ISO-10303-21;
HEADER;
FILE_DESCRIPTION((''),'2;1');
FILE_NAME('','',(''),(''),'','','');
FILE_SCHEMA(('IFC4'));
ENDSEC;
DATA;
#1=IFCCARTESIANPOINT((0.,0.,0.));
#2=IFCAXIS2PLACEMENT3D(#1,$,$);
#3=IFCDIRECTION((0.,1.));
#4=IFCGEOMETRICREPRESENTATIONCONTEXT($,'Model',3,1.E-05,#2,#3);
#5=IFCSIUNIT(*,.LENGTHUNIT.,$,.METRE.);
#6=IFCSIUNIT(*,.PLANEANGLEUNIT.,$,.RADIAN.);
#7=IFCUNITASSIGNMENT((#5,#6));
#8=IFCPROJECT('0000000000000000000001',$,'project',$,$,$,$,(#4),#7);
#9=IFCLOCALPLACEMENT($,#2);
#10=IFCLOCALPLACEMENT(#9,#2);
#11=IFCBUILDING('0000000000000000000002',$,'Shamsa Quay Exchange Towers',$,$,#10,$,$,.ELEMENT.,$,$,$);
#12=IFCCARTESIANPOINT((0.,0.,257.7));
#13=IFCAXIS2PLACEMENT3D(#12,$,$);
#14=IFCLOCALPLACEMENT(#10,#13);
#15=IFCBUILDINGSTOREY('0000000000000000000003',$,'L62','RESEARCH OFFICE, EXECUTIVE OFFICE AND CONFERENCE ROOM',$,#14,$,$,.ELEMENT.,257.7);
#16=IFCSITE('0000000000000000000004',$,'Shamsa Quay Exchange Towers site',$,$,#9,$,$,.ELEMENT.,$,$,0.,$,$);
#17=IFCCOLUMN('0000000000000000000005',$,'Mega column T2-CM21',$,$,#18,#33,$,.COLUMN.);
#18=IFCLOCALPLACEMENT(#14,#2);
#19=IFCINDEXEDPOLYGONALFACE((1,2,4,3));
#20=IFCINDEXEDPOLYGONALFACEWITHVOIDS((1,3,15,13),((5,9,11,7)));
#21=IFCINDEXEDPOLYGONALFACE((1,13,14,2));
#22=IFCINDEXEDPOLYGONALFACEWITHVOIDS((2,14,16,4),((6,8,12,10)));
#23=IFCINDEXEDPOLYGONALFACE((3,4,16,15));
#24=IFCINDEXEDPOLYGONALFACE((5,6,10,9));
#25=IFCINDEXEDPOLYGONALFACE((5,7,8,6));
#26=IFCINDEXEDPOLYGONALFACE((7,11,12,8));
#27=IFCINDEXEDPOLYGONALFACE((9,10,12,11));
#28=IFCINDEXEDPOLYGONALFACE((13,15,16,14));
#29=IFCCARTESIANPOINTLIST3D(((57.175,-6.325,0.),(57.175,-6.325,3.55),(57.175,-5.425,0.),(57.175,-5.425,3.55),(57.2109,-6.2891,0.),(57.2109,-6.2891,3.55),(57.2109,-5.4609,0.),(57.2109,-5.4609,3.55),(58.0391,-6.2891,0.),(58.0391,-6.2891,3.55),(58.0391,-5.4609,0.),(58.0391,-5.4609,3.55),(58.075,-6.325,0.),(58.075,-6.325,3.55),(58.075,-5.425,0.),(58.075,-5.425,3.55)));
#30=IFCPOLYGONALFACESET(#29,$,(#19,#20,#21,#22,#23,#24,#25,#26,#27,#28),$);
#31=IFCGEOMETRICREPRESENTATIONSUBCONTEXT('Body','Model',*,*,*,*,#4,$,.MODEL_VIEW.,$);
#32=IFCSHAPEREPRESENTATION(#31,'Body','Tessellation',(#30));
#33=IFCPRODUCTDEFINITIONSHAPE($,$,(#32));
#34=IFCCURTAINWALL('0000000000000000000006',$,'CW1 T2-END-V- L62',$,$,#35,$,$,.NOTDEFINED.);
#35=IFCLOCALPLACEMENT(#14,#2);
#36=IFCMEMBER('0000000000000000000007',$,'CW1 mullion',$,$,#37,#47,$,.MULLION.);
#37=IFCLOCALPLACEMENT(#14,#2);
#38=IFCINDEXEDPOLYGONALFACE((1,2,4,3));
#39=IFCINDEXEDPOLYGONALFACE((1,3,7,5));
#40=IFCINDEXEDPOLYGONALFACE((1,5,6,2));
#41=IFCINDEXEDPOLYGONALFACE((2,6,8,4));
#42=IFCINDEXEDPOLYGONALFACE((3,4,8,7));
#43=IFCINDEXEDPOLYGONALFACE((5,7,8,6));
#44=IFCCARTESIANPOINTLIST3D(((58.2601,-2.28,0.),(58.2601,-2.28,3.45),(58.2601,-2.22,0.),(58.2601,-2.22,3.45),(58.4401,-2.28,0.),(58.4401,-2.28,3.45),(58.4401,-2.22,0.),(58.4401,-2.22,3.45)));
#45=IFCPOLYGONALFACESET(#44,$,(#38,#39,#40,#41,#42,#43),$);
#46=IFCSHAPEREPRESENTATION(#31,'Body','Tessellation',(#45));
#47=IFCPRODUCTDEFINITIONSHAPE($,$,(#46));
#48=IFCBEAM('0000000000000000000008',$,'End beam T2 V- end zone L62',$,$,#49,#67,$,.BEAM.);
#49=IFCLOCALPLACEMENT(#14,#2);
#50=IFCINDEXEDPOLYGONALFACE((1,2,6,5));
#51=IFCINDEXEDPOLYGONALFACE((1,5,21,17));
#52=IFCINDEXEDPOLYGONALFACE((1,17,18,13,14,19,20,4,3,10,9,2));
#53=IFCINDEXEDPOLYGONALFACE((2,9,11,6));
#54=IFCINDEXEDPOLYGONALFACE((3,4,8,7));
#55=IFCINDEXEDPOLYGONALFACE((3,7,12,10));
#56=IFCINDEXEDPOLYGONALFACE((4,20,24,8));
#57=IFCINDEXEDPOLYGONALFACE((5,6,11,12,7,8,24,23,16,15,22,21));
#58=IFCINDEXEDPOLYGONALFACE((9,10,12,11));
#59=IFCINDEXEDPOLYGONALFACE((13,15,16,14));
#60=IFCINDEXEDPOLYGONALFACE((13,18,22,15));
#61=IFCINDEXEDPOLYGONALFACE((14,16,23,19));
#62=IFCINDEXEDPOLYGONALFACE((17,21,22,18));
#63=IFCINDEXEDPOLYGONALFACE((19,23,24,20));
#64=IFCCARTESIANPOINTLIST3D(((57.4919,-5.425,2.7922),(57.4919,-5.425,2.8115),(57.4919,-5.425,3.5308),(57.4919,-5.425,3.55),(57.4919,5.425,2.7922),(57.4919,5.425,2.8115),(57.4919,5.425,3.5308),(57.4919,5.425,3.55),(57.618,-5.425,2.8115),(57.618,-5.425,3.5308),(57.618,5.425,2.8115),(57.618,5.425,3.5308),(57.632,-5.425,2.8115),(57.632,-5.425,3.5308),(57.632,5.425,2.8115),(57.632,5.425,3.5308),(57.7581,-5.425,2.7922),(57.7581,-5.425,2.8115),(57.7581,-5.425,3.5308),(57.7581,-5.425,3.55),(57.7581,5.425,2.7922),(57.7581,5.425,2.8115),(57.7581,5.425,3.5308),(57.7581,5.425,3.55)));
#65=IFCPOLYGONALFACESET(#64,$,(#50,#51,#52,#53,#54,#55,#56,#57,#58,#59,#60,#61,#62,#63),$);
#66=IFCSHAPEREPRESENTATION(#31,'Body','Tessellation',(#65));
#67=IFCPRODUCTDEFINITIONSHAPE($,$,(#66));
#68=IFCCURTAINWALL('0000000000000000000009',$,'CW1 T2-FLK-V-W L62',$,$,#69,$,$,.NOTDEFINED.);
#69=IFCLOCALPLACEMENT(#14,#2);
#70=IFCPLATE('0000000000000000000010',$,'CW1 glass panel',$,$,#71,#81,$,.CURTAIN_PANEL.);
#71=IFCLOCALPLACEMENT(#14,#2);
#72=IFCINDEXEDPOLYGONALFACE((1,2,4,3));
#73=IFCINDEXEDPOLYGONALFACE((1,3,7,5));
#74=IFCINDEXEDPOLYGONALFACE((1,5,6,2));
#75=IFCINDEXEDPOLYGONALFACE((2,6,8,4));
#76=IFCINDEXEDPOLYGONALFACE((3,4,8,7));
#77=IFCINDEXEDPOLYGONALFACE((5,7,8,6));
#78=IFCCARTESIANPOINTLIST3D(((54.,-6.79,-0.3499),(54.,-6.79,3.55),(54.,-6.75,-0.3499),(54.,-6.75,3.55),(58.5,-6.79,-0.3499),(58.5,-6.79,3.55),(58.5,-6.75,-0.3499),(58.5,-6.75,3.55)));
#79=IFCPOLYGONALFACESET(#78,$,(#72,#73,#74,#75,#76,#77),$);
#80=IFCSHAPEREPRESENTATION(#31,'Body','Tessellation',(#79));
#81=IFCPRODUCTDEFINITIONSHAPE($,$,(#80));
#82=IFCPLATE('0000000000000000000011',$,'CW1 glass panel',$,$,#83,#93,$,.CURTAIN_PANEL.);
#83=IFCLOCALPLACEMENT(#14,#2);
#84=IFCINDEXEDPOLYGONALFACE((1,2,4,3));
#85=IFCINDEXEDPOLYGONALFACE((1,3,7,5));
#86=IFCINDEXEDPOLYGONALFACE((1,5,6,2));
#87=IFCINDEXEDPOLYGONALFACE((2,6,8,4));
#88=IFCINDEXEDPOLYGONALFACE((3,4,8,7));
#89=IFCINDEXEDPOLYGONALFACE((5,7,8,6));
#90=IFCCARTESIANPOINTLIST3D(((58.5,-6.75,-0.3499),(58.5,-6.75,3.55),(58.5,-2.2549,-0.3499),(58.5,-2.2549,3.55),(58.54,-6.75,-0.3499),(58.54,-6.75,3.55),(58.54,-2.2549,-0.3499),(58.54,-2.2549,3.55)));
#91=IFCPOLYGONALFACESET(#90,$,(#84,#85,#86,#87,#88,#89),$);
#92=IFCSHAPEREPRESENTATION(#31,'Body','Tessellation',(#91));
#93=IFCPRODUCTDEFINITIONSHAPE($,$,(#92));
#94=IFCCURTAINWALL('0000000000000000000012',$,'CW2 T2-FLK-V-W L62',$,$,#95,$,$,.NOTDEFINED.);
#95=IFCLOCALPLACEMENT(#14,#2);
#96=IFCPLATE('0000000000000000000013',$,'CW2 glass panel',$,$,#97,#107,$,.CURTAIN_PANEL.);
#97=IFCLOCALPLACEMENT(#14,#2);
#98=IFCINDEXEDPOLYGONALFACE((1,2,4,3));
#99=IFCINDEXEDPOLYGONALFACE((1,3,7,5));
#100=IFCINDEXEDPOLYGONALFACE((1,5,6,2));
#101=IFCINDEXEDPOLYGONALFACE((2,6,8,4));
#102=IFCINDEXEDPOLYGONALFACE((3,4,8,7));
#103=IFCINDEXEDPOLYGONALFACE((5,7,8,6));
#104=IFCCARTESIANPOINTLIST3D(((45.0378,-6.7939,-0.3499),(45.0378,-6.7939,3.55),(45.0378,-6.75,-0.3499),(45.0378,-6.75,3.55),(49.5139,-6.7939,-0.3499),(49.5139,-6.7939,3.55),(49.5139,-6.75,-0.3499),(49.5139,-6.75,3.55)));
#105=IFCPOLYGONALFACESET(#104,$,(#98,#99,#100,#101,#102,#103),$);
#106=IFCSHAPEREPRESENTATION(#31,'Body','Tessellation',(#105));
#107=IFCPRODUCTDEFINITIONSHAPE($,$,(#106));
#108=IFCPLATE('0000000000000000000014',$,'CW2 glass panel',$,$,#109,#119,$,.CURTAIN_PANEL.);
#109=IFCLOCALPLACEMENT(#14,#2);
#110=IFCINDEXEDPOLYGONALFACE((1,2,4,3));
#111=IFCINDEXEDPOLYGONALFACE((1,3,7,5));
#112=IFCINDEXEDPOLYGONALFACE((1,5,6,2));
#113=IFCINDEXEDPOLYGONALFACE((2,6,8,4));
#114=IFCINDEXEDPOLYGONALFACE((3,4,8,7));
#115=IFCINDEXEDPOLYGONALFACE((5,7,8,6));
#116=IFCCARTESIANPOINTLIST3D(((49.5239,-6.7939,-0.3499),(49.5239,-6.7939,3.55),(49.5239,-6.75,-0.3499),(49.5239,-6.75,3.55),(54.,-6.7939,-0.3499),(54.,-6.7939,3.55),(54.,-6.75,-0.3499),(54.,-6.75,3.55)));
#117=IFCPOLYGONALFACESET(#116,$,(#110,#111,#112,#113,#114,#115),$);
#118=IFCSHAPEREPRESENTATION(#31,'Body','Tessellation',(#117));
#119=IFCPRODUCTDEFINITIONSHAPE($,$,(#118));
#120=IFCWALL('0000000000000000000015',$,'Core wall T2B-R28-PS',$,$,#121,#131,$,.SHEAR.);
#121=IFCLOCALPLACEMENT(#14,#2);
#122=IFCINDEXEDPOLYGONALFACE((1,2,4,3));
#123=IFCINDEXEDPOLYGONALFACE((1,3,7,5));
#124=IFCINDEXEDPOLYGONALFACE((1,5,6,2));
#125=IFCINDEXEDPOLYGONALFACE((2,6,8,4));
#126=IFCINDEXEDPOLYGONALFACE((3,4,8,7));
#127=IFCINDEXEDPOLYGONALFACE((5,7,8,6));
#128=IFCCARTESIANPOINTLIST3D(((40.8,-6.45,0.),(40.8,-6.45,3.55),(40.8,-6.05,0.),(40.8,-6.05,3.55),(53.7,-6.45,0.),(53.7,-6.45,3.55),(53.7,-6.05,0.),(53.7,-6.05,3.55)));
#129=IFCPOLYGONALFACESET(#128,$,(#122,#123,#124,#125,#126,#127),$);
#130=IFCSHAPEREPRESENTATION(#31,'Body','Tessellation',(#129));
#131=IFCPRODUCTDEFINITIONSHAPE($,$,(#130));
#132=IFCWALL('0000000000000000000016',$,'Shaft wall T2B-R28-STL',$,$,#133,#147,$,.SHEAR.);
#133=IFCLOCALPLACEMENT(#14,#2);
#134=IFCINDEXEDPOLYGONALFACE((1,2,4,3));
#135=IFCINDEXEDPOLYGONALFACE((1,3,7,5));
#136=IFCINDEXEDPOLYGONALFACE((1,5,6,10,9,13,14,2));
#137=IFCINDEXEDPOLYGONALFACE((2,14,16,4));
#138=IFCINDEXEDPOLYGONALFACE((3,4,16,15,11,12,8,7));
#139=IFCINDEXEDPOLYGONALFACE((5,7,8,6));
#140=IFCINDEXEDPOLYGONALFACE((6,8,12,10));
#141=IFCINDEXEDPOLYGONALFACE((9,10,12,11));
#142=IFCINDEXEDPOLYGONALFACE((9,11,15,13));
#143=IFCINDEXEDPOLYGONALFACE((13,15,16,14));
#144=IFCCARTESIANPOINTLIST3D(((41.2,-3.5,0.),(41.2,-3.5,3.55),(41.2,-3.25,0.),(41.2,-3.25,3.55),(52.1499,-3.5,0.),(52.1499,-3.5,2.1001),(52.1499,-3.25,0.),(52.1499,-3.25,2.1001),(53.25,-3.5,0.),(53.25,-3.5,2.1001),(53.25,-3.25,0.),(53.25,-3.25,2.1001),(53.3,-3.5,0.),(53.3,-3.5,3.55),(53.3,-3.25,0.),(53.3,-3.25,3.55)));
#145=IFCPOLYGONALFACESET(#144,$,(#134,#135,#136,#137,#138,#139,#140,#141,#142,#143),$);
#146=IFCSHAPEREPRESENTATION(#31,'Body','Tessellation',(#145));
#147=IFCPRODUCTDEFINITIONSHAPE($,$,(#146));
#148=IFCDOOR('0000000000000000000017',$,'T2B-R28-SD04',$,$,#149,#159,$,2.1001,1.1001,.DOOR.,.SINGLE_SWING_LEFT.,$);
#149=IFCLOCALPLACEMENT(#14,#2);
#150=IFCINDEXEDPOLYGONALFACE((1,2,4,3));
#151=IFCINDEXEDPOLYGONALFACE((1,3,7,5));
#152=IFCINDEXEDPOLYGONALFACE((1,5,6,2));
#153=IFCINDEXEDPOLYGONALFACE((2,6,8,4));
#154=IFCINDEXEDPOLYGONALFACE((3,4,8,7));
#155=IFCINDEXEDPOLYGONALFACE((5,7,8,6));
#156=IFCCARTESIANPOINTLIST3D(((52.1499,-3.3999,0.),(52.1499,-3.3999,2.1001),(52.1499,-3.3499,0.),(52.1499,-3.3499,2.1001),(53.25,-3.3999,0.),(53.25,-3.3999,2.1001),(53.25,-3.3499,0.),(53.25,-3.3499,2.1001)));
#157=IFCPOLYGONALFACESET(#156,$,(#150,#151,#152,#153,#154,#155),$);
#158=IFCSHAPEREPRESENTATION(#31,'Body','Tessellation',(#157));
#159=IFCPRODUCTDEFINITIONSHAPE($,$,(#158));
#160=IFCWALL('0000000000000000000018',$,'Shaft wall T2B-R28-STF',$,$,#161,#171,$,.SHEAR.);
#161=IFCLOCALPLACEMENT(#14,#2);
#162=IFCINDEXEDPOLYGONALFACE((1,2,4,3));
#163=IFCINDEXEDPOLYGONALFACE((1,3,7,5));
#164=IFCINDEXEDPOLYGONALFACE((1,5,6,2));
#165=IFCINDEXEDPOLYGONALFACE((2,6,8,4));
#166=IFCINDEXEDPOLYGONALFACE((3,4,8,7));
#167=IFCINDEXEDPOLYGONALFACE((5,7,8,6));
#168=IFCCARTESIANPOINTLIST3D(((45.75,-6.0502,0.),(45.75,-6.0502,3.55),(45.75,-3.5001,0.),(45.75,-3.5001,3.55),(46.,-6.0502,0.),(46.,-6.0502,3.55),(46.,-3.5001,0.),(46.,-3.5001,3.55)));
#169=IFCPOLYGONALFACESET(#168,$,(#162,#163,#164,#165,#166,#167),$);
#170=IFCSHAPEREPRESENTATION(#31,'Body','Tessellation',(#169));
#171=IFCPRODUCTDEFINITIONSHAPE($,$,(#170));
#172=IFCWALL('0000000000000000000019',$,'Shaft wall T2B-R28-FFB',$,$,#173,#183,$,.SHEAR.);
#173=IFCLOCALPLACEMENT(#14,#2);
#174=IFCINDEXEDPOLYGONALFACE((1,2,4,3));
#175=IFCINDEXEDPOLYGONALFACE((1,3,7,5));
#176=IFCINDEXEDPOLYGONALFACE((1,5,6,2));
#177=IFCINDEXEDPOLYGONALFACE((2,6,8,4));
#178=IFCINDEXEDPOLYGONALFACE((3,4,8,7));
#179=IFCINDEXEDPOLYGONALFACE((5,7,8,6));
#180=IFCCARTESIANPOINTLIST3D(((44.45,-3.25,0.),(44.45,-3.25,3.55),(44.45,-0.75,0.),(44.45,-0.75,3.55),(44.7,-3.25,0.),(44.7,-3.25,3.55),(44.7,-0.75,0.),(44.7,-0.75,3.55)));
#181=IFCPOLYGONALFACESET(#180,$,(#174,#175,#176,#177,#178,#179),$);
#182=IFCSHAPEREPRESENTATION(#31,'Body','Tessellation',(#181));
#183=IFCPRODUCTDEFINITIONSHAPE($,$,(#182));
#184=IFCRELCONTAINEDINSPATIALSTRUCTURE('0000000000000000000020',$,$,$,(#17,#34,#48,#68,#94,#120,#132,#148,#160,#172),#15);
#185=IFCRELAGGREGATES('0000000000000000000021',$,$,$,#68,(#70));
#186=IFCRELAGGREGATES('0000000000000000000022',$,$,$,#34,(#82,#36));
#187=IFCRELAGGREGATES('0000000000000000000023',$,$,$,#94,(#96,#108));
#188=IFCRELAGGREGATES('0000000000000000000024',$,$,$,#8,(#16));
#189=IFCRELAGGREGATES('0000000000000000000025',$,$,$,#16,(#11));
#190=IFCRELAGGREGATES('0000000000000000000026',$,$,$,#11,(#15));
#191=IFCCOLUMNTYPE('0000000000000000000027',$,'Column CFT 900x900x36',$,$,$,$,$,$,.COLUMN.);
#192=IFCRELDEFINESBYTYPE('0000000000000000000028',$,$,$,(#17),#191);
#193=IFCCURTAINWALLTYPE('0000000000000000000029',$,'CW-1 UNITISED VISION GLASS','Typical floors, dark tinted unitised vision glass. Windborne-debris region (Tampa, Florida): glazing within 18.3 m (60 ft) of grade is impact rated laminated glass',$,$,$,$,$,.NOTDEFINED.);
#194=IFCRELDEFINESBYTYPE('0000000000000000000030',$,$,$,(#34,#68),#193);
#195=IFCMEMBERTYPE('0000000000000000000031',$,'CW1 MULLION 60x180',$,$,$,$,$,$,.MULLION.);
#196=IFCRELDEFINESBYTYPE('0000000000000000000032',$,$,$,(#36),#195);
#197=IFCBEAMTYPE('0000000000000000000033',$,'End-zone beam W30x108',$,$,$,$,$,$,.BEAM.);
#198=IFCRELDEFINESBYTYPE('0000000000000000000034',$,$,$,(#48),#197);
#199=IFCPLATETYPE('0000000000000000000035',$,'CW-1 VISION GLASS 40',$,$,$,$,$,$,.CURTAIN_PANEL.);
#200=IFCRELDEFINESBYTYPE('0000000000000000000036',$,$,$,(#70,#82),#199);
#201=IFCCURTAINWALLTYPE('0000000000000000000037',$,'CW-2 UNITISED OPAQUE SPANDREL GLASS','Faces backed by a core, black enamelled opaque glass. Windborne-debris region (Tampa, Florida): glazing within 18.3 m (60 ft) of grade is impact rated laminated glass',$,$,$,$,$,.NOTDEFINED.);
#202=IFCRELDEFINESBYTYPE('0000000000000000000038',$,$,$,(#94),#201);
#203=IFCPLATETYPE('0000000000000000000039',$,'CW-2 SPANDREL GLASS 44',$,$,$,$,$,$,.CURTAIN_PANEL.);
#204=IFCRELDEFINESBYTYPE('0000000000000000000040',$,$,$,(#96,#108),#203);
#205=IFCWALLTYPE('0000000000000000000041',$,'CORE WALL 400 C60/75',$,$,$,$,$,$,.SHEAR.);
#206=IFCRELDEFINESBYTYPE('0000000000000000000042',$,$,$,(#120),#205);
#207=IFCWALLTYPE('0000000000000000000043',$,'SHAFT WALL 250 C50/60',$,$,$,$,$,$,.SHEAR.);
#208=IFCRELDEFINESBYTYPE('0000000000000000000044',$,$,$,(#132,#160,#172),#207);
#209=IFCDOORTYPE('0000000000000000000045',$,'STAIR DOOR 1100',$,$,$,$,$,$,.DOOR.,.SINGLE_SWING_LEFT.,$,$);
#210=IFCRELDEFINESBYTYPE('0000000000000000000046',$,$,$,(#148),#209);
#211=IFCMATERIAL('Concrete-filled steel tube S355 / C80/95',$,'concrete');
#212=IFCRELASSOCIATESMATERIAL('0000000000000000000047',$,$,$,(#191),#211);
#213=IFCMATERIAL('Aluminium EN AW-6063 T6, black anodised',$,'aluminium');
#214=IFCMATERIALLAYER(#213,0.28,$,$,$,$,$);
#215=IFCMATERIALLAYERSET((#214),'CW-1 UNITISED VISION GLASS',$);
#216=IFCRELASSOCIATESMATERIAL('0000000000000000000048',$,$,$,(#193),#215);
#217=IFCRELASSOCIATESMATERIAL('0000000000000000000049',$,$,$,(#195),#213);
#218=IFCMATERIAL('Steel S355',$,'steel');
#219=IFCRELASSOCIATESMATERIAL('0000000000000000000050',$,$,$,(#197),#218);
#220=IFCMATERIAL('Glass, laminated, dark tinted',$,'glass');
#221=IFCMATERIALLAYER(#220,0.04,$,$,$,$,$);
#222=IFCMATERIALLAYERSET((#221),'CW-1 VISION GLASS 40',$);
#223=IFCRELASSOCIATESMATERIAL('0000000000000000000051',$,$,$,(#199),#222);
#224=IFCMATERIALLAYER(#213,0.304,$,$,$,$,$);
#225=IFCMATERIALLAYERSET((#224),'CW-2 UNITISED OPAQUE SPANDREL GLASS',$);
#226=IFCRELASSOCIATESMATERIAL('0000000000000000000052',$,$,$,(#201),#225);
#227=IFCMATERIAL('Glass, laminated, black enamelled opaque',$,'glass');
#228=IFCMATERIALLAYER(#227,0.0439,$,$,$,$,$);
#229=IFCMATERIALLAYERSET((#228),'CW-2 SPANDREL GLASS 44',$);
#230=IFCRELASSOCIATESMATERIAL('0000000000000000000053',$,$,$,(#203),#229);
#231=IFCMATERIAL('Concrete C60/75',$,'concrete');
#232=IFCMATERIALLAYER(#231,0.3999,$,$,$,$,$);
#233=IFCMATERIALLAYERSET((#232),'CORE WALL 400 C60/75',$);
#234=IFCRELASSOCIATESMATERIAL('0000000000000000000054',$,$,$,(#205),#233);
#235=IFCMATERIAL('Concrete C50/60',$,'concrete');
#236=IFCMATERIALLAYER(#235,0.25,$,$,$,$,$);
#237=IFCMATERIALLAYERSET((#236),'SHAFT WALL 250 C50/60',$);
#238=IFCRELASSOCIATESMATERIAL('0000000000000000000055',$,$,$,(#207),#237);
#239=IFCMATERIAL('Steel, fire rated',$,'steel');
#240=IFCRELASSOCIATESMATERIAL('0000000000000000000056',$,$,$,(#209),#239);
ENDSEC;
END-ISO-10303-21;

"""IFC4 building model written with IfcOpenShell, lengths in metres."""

from ifc_helpers import new_model, si_unit, direction, frame, frame_2d, origin, origin_2d, place, context, subcontext, project, spatial, rectangle, hollow_rectangle, i_section, extrude, material, layer, layer_set, material_profile, profile_set, type_object, element, fill, aggregate, save


model = new_model("IFC4")

# Units and contexts
model_context = context("Model", 3, precision=1e-05, world=origin(), true_north=direction((0.0, 1.0)))
body_context = subcontext(model_context, "Body", "Model", "MODEL_VIEW")
ifc_project = project(units=[si_unit("LENGTHUNIT", "METRE"), si_unit("PLANEANGLEUNIT", "RADIAN")], contexts=[model_context])

# Site, building, storey
site_placement = place(None, origin())
site = spatial("IfcSite", under=ifc_project, at=site_placement, Name="Shamsa Quay Exchange Towers site", CompositionType="ELEMENT", RefElevation=0.0)
building_placement = place(site_placement, origin())
building = spatial("IfcBuilding", under=site, at=building_placement, Name="Shamsa Quay Exchange Towers", CompositionType="ELEMENT")
storey_placement = place(building_placement, frame((0.0, 0.0, 257.7)))
storey = spatial("IfcBuildingStorey", under=building, at=storey_placement, Name="L62", Description="RESEARCH OFFICE, EXECUTIVE OFFICE AND CONFERENCE ROOM", CompositionType="ELEMENT", Elevation=257.7)

# Column
ifc_material_1 = material(Name="Concrete-filled steel tube S355 / C80/95", Category="concrete")
ifc_material_profile_1 = material_profile(ifc_material_1, hollow_rectangle(XDim=0.8999, YDim=0.8999, WallThickness=0.0359, at=origin_2d()), Name="CFT 900x900x36")
ifc_profile_set_1 = profile_set([ifc_material_profile_1], Name="Concrete-filled steel tube S355 / C80/95")
column_type = type_object("IfcColumnType", Name="Column CFT 900x900x36", PredefinedType="COLUMN", material=ifc_profile_set_1)
column_placement = place(storey_placement, frame((57.625, -5.875, 0.0)))
element("IfcColumn", 1, at=column_placement, inside=storey, type_object=column_type, Name="Mega column T2-CM21", PredefinedType="COLUMN", context=body_context, shape_type="SweptSolid", body=[
    extrude(hollow_rectangle(XDim=0.8999, YDim=0.8999, WallThickness=0.0359, at=origin_2d()), origin(), (0.0, 0.0, 1.0), 3.55),
])

# Curtain wall, member
ifc_material_2 = material(Name="Aluminium EN AW-6063 T6, black anodised", Category="aluminium")
ifc_layer_1 = layer(ifc_material_2, 0.28)
ifc_layer_set_1 = layer_set([ifc_layer_1], Name="CW-1 UNITISED VISION GLASS")
curtain_wall_type_1 = type_object("IfcCurtainWallType", Name="CW-1 UNITISED VISION GLASS", Description="Typical floors, dark tinted unitised vision glass. Windborne-debris region (Tampa, Florida): glazing within 18.3 m (60 ft) of grade is impact rated laminated glass", PredefinedType="NOTDEFINED", material=ifc_layer_set_1)
curtain_wall_1_placement = place(storey_placement, origin())
curtain_wall_1 = element("IfcCurtainWall", 2, at=curtain_wall_1_placement, inside=storey, type_object=curtain_wall_type_1, Name="CW1 T2-END-V- L62", PredefinedType="NOTDEFINED")
ifc_material_profile_2 = material_profile(ifc_material_2, rectangle(XDim=0.1799, YDim=0.0601, at=origin_2d()), Name="MU60x180")
ifc_profile_set_2 = profile_set([ifc_material_profile_2], Name="Aluminium EN AW-6063 T6, black anodised")
member_type = type_object("IfcMemberType", Name="CW1 MULLION 60x180", PredefinedType="MULLION", material=ifc_profile_set_2)
member_placement = place(storey_placement, frame((58.3501, -2.25, 0.0), z_axis=(0.0, 0.0, 1.0), x_axis=(-1.0, 0.0, 0.0)))
member = element("IfcMember", 3, at=member_placement, type_object=member_type, Name="CW1 mullion", PredefinedType="MULLION", context=body_context, shape_type="SweptSolid", body=[
    extrude(rectangle(XDim=0.1799, YDim=0.0601, at=origin_2d()), origin(), (0.0, 0.0, 1.0), 3.45),
])

# Beam
ifc_material_3 = material(Name="Steel S355", Category="steel")
ifc_material_profile_3 = material_profile(ifc_material_3, i_section(OverallWidth=0.2661, OverallDepth=0.7578, WebThickness=0.0139, FlangeThickness=0.0193, at=origin_2d()), Name="W30x108")
ifc_profile_set_3 = profile_set([ifc_material_profile_3], Name="Steel S355")
beam_type = type_object("IfcBeamType", Name="End-zone beam W30x108", PredefinedType="BEAM", material=ifc_profile_set_3)
beam_placement = place(storey_placement, frame((57.625, -5.425, 3.1711), z_axis=(0.0, 1.0, 0.0), x_axis=(-1.0, 0.0, 0.0)))
element("IfcBeam", 4, at=beam_placement, inside=storey, type_object=beam_type, Name="End beam T2 V- end zone L62", PredefinedType="BEAM", context=body_context, shape_type="SweptSolid", body=[
    extrude(i_section(OverallWidth=0.2661, OverallDepth=0.7578, WebThickness=0.0139, FlangeThickness=0.0193, at=origin_2d()), origin(), (0.0, 0.0, 1.0), 10.8501),
])

# Curtain wall, plate
curtain_wall_2_placement = place(storey_placement, origin())
curtain_wall_2 = element("IfcCurtainWall", 5, at=curtain_wall_2_placement, inside=storey, type_object=curtain_wall_type_1, Name="CW1 T2-FLK-V-W L62", PredefinedType="NOTDEFINED")
ifc_material_4 = material(Name="Glass, laminated, dark tinted", Category="glass")
ifc_layer_2 = layer(ifc_material_4, 0.04)
ifc_layer_set_2 = layer_set([ifc_layer_2], Name="CW-1 VISION GLASS 40")
plate_type_1 = type_object("IfcPlateType", Name="CW-1 VISION GLASS 40", PredefinedType="CURTAIN_PANEL", material=ifc_layer_set_2)
plate_1_placement = place(storey_placement, frame((56.25, -6.77, -0.3499)))
plate_1 = element("IfcPlate", 6, at=plate_1_placement, type_object=plate_type_1, Name="CW1 glass panel", PredefinedType="CURTAIN_PANEL", context=body_context, shape_type="SweptSolid", body=[
    extrude(rectangle(XDim=4.5, YDim=0.04, at=origin_2d()), origin(), (0.0, 0.0, 1.0), 3.8999),
])
aggregate(curtain_wall_2, [plate_1])

# Plate
plate_2_placement = place(storey_placement, frame((58.52, -4.5024, -0.3499), z_axis=(0.0, 0.0, 1.0), x_axis=(0.0, 1.0, 0.0)))
plate_2 = element("IfcPlate", 7, at=plate_2_placement, type_object=plate_type_1, Name="CW1 glass panel", PredefinedType="CURTAIN_PANEL", context=body_context, shape_type="SweptSolid", body=[
    extrude(rectangle(XDim=4.4951, YDim=0.04, at=origin_2d()), origin(), (0.0, 0.0, 1.0), 3.8999),
])
aggregate(curtain_wall_1, [plate_2, member])

# Curtain wall, plates
ifc_layer_3 = layer(ifc_material_2, 0.304)
ifc_layer_set_3 = layer_set([ifc_layer_3], Name="CW-2 UNITISED OPAQUE SPANDREL GLASS")
curtain_wall_type_2 = type_object("IfcCurtainWallType", Name="CW-2 UNITISED OPAQUE SPANDREL GLASS", Description="Faces backed by a core, black enamelled opaque glass. Windborne-debris region (Tampa, Florida): glazing within 18.3 m (60 ft) of grade is impact rated laminated glass", PredefinedType="NOTDEFINED", material=ifc_layer_set_3)
curtain_wall_3_placement = place(storey_placement, origin())
curtain_wall_3 = element("IfcCurtainWall", 8, at=curtain_wall_3_placement, inside=storey, type_object=curtain_wall_type_2, Name="CW2 T2-FLK-V-W L62", PredefinedType="NOTDEFINED")
ifc_material_5 = material(Name="Glass, laminated, black enamelled opaque", Category="glass")
ifc_layer_4 = layer(ifc_material_5, 0.0439)
ifc_layer_set_4 = layer_set([ifc_layer_4], Name="CW-2 SPANDREL GLASS 44")
plate_type_2 = type_object("IfcPlateType", Name="CW-2 SPANDREL GLASS 44", PredefinedType="CURTAIN_PANEL", material=ifc_layer_set_4)
plate_3_placement = place(storey_placement, frame((47.2759, -6.772, -0.3499)))
plate_3 = element("IfcPlate", 9, at=plate_3_placement, type_object=plate_type_2, Name="CW2 glass panel", PredefinedType="CURTAIN_PANEL", context=body_context, shape_type="SweptSolid", body=[
    extrude(rectangle(XDim=4.4761, YDim=0.0439, at=origin_2d()), origin(), (0.0, 0.0, 1.0), 3.8999),
])
plate_4_placement = place(storey_placement, frame((51.762, -6.772, -0.3499)))
plate_4 = element("IfcPlate", 10, at=plate_4_placement, type_object=plate_type_2, Name="CW2 glass panel", PredefinedType="CURTAIN_PANEL", context=body_context, shape_type="SweptSolid", body=[
    extrude(rectangle(XDim=4.4761, YDim=0.0439, at=origin_2d()), origin(), (0.0, 0.0, 1.0), 3.8999),
])
aggregate(curtain_wall_3, [plate_3, plate_4])

# Wall
ifc_material_6 = material(Name="Concrete C60/75", Category="concrete")
ifc_layer_5 = layer(ifc_material_6, 0.3999)
ifc_layer_set_5 = layer_set([ifc_layer_5], Name="CORE WALL 400 C60/75")
wall_type_1 = type_object("IfcWallType", Name="CORE WALL 400 C60/75", PredefinedType="SHEAR", material=ifc_layer_set_5)
wall_1_placement = place(storey_placement, frame((53.7, -6.25, 0.0), z_axis=(0.0, 0.0, 1.0), x_axis=(-1.0, 0.0, 0.0)))
element("IfcWall", 11, at=wall_1_placement, inside=storey, type_object=wall_type_1, Name="Core wall T2B-R28-PS", PredefinedType="SHEAR", context=body_context, shape_type="SweptSolid", body=[
    extrude(rectangle(XDim=12.8999, YDim=0.3999, at=frame_2d((6.45, 0.0))), origin(), (0.0, 0.0, 1.0), 3.55),
])

# Wall, opening, door
ifc_material_7 = material(Name="Steel, fire rated", Category="steel")
ifc_material_8 = material(Name="Concrete C50/60", Category="concrete")
ifc_layer_6 = layer(ifc_material_8, 0.25)
ifc_layer_set_6 = layer_set([ifc_layer_6], Name="SHAFT WALL 250 C50/60")
wall_type_2 = type_object("IfcWallType", Name="SHAFT WALL 250 C50/60", PredefinedType="SHEAR", material=ifc_layer_set_6)
wall_2_placement = place(storey_placement, frame((53.3, -3.375, 0.0), z_axis=(0.0, 0.0, 1.0), x_axis=(-1.0, 0.0, 0.0)))
wall_2 = element("IfcWall", 12, at=wall_2_placement, inside=storey, type_object=wall_type_2, Name="Shaft wall T2B-R28-STL", PredefinedType="SHEAR", context=body_context, shape_type="SweptSolid", body=[
    extrude(rectangle(XDim=12.1001, YDim=0.25, at=frame_2d((6.05, 0.0))), origin(), (0.0, 0.0, 1.0), 3.55),
])
opening_1_placement = place(wall_2_placement, frame((0.05, 0.0, 0.0)))
opening_1 = element("IfcOpeningElement", 13, at=opening_1_placement, cuts=wall_2, PredefinedType="OPENING", context=body_context, shape_type="SweptSolid", body=[
    extrude(rectangle(XDim=1.1001, YDim=2.1001, at=frame_2d((0.55, 1.05))), frame((0.0, 0.135, 0.0), z_axis=(0.0, -1.0, 0.0), x_axis=(1.0, 0.0, 0.0)), (0.0, 0.0, 1.0), 0.27),
])
door_type_1 = type_object("IfcDoorType", Name="STAIR DOOR 1100", OperationType="SINGLE_SWING_LEFT", PredefinedType="DOOR", material=ifc_material_7)
door_1_placement = place(opening_1_placement, origin())
door_1 = element("IfcDoor", 14, at=door_1_placement, inside=storey, type_object=door_type_1, Name="T2B-R28-SD04", OperationType="SINGLE_SWING_LEFT", OverallHeight=2.1001, OverallWidth=1.1001, PredefinedType="DOOR", context=body_context, shape_type="SweptSolid", body=[
    extrude(rectangle(XDim=1.1001, YDim=2.1001, at=frame_2d((0.55, 1.05))), frame((0.0, 0.0249, 0.0), z_axis=(0.0, -1.0, 0.0), x_axis=(1.0, 0.0, 0.0)), (0.0, 0.0, 1.0), 0.05),
])
fill(opening_1, door_1)

# Wall
wall_3_placement = place(storey_placement, frame((45.875, -6.05, 0.0), z_axis=(0.0, 0.0, 1.0), x_axis=(0.0, 1.0, 0.0)))
element("IfcWall", 15, at=wall_3_placement, inside=storey, type_object=wall_type_2, Name="Shaft wall T2B-R28-STF", PredefinedType="SHEAR", context=body_context, shape_type="SweptSolid", body=[
    extrude(rectangle(XDim=2.55, YDim=0.25, at=frame_2d((1.2749, 0.0))), origin(), (0.0, 0.0, 1.0), 3.55),
])

# Wall
wall_4_placement = place(storey_placement, frame((44.575, -3.25, 0.0), z_axis=(0.0, 0.0, 1.0), x_axis=(0.0, 1.0, 0.0)))
element("IfcWall", 16, at=wall_4_placement, inside=storey, type_object=wall_type_2, Name="Shaft wall T2B-R28-FFB", PredefinedType="SHEAR", context=body_context, shape_type="SweptSolid", body=[
    extrude(rectangle(XDim=2.5, YDim=0.25, at=frame_2d((1.25, 0.0))), origin(), (0.0, 0.0, 1.0), 3.55),
])

save(model, "model.ifc")
